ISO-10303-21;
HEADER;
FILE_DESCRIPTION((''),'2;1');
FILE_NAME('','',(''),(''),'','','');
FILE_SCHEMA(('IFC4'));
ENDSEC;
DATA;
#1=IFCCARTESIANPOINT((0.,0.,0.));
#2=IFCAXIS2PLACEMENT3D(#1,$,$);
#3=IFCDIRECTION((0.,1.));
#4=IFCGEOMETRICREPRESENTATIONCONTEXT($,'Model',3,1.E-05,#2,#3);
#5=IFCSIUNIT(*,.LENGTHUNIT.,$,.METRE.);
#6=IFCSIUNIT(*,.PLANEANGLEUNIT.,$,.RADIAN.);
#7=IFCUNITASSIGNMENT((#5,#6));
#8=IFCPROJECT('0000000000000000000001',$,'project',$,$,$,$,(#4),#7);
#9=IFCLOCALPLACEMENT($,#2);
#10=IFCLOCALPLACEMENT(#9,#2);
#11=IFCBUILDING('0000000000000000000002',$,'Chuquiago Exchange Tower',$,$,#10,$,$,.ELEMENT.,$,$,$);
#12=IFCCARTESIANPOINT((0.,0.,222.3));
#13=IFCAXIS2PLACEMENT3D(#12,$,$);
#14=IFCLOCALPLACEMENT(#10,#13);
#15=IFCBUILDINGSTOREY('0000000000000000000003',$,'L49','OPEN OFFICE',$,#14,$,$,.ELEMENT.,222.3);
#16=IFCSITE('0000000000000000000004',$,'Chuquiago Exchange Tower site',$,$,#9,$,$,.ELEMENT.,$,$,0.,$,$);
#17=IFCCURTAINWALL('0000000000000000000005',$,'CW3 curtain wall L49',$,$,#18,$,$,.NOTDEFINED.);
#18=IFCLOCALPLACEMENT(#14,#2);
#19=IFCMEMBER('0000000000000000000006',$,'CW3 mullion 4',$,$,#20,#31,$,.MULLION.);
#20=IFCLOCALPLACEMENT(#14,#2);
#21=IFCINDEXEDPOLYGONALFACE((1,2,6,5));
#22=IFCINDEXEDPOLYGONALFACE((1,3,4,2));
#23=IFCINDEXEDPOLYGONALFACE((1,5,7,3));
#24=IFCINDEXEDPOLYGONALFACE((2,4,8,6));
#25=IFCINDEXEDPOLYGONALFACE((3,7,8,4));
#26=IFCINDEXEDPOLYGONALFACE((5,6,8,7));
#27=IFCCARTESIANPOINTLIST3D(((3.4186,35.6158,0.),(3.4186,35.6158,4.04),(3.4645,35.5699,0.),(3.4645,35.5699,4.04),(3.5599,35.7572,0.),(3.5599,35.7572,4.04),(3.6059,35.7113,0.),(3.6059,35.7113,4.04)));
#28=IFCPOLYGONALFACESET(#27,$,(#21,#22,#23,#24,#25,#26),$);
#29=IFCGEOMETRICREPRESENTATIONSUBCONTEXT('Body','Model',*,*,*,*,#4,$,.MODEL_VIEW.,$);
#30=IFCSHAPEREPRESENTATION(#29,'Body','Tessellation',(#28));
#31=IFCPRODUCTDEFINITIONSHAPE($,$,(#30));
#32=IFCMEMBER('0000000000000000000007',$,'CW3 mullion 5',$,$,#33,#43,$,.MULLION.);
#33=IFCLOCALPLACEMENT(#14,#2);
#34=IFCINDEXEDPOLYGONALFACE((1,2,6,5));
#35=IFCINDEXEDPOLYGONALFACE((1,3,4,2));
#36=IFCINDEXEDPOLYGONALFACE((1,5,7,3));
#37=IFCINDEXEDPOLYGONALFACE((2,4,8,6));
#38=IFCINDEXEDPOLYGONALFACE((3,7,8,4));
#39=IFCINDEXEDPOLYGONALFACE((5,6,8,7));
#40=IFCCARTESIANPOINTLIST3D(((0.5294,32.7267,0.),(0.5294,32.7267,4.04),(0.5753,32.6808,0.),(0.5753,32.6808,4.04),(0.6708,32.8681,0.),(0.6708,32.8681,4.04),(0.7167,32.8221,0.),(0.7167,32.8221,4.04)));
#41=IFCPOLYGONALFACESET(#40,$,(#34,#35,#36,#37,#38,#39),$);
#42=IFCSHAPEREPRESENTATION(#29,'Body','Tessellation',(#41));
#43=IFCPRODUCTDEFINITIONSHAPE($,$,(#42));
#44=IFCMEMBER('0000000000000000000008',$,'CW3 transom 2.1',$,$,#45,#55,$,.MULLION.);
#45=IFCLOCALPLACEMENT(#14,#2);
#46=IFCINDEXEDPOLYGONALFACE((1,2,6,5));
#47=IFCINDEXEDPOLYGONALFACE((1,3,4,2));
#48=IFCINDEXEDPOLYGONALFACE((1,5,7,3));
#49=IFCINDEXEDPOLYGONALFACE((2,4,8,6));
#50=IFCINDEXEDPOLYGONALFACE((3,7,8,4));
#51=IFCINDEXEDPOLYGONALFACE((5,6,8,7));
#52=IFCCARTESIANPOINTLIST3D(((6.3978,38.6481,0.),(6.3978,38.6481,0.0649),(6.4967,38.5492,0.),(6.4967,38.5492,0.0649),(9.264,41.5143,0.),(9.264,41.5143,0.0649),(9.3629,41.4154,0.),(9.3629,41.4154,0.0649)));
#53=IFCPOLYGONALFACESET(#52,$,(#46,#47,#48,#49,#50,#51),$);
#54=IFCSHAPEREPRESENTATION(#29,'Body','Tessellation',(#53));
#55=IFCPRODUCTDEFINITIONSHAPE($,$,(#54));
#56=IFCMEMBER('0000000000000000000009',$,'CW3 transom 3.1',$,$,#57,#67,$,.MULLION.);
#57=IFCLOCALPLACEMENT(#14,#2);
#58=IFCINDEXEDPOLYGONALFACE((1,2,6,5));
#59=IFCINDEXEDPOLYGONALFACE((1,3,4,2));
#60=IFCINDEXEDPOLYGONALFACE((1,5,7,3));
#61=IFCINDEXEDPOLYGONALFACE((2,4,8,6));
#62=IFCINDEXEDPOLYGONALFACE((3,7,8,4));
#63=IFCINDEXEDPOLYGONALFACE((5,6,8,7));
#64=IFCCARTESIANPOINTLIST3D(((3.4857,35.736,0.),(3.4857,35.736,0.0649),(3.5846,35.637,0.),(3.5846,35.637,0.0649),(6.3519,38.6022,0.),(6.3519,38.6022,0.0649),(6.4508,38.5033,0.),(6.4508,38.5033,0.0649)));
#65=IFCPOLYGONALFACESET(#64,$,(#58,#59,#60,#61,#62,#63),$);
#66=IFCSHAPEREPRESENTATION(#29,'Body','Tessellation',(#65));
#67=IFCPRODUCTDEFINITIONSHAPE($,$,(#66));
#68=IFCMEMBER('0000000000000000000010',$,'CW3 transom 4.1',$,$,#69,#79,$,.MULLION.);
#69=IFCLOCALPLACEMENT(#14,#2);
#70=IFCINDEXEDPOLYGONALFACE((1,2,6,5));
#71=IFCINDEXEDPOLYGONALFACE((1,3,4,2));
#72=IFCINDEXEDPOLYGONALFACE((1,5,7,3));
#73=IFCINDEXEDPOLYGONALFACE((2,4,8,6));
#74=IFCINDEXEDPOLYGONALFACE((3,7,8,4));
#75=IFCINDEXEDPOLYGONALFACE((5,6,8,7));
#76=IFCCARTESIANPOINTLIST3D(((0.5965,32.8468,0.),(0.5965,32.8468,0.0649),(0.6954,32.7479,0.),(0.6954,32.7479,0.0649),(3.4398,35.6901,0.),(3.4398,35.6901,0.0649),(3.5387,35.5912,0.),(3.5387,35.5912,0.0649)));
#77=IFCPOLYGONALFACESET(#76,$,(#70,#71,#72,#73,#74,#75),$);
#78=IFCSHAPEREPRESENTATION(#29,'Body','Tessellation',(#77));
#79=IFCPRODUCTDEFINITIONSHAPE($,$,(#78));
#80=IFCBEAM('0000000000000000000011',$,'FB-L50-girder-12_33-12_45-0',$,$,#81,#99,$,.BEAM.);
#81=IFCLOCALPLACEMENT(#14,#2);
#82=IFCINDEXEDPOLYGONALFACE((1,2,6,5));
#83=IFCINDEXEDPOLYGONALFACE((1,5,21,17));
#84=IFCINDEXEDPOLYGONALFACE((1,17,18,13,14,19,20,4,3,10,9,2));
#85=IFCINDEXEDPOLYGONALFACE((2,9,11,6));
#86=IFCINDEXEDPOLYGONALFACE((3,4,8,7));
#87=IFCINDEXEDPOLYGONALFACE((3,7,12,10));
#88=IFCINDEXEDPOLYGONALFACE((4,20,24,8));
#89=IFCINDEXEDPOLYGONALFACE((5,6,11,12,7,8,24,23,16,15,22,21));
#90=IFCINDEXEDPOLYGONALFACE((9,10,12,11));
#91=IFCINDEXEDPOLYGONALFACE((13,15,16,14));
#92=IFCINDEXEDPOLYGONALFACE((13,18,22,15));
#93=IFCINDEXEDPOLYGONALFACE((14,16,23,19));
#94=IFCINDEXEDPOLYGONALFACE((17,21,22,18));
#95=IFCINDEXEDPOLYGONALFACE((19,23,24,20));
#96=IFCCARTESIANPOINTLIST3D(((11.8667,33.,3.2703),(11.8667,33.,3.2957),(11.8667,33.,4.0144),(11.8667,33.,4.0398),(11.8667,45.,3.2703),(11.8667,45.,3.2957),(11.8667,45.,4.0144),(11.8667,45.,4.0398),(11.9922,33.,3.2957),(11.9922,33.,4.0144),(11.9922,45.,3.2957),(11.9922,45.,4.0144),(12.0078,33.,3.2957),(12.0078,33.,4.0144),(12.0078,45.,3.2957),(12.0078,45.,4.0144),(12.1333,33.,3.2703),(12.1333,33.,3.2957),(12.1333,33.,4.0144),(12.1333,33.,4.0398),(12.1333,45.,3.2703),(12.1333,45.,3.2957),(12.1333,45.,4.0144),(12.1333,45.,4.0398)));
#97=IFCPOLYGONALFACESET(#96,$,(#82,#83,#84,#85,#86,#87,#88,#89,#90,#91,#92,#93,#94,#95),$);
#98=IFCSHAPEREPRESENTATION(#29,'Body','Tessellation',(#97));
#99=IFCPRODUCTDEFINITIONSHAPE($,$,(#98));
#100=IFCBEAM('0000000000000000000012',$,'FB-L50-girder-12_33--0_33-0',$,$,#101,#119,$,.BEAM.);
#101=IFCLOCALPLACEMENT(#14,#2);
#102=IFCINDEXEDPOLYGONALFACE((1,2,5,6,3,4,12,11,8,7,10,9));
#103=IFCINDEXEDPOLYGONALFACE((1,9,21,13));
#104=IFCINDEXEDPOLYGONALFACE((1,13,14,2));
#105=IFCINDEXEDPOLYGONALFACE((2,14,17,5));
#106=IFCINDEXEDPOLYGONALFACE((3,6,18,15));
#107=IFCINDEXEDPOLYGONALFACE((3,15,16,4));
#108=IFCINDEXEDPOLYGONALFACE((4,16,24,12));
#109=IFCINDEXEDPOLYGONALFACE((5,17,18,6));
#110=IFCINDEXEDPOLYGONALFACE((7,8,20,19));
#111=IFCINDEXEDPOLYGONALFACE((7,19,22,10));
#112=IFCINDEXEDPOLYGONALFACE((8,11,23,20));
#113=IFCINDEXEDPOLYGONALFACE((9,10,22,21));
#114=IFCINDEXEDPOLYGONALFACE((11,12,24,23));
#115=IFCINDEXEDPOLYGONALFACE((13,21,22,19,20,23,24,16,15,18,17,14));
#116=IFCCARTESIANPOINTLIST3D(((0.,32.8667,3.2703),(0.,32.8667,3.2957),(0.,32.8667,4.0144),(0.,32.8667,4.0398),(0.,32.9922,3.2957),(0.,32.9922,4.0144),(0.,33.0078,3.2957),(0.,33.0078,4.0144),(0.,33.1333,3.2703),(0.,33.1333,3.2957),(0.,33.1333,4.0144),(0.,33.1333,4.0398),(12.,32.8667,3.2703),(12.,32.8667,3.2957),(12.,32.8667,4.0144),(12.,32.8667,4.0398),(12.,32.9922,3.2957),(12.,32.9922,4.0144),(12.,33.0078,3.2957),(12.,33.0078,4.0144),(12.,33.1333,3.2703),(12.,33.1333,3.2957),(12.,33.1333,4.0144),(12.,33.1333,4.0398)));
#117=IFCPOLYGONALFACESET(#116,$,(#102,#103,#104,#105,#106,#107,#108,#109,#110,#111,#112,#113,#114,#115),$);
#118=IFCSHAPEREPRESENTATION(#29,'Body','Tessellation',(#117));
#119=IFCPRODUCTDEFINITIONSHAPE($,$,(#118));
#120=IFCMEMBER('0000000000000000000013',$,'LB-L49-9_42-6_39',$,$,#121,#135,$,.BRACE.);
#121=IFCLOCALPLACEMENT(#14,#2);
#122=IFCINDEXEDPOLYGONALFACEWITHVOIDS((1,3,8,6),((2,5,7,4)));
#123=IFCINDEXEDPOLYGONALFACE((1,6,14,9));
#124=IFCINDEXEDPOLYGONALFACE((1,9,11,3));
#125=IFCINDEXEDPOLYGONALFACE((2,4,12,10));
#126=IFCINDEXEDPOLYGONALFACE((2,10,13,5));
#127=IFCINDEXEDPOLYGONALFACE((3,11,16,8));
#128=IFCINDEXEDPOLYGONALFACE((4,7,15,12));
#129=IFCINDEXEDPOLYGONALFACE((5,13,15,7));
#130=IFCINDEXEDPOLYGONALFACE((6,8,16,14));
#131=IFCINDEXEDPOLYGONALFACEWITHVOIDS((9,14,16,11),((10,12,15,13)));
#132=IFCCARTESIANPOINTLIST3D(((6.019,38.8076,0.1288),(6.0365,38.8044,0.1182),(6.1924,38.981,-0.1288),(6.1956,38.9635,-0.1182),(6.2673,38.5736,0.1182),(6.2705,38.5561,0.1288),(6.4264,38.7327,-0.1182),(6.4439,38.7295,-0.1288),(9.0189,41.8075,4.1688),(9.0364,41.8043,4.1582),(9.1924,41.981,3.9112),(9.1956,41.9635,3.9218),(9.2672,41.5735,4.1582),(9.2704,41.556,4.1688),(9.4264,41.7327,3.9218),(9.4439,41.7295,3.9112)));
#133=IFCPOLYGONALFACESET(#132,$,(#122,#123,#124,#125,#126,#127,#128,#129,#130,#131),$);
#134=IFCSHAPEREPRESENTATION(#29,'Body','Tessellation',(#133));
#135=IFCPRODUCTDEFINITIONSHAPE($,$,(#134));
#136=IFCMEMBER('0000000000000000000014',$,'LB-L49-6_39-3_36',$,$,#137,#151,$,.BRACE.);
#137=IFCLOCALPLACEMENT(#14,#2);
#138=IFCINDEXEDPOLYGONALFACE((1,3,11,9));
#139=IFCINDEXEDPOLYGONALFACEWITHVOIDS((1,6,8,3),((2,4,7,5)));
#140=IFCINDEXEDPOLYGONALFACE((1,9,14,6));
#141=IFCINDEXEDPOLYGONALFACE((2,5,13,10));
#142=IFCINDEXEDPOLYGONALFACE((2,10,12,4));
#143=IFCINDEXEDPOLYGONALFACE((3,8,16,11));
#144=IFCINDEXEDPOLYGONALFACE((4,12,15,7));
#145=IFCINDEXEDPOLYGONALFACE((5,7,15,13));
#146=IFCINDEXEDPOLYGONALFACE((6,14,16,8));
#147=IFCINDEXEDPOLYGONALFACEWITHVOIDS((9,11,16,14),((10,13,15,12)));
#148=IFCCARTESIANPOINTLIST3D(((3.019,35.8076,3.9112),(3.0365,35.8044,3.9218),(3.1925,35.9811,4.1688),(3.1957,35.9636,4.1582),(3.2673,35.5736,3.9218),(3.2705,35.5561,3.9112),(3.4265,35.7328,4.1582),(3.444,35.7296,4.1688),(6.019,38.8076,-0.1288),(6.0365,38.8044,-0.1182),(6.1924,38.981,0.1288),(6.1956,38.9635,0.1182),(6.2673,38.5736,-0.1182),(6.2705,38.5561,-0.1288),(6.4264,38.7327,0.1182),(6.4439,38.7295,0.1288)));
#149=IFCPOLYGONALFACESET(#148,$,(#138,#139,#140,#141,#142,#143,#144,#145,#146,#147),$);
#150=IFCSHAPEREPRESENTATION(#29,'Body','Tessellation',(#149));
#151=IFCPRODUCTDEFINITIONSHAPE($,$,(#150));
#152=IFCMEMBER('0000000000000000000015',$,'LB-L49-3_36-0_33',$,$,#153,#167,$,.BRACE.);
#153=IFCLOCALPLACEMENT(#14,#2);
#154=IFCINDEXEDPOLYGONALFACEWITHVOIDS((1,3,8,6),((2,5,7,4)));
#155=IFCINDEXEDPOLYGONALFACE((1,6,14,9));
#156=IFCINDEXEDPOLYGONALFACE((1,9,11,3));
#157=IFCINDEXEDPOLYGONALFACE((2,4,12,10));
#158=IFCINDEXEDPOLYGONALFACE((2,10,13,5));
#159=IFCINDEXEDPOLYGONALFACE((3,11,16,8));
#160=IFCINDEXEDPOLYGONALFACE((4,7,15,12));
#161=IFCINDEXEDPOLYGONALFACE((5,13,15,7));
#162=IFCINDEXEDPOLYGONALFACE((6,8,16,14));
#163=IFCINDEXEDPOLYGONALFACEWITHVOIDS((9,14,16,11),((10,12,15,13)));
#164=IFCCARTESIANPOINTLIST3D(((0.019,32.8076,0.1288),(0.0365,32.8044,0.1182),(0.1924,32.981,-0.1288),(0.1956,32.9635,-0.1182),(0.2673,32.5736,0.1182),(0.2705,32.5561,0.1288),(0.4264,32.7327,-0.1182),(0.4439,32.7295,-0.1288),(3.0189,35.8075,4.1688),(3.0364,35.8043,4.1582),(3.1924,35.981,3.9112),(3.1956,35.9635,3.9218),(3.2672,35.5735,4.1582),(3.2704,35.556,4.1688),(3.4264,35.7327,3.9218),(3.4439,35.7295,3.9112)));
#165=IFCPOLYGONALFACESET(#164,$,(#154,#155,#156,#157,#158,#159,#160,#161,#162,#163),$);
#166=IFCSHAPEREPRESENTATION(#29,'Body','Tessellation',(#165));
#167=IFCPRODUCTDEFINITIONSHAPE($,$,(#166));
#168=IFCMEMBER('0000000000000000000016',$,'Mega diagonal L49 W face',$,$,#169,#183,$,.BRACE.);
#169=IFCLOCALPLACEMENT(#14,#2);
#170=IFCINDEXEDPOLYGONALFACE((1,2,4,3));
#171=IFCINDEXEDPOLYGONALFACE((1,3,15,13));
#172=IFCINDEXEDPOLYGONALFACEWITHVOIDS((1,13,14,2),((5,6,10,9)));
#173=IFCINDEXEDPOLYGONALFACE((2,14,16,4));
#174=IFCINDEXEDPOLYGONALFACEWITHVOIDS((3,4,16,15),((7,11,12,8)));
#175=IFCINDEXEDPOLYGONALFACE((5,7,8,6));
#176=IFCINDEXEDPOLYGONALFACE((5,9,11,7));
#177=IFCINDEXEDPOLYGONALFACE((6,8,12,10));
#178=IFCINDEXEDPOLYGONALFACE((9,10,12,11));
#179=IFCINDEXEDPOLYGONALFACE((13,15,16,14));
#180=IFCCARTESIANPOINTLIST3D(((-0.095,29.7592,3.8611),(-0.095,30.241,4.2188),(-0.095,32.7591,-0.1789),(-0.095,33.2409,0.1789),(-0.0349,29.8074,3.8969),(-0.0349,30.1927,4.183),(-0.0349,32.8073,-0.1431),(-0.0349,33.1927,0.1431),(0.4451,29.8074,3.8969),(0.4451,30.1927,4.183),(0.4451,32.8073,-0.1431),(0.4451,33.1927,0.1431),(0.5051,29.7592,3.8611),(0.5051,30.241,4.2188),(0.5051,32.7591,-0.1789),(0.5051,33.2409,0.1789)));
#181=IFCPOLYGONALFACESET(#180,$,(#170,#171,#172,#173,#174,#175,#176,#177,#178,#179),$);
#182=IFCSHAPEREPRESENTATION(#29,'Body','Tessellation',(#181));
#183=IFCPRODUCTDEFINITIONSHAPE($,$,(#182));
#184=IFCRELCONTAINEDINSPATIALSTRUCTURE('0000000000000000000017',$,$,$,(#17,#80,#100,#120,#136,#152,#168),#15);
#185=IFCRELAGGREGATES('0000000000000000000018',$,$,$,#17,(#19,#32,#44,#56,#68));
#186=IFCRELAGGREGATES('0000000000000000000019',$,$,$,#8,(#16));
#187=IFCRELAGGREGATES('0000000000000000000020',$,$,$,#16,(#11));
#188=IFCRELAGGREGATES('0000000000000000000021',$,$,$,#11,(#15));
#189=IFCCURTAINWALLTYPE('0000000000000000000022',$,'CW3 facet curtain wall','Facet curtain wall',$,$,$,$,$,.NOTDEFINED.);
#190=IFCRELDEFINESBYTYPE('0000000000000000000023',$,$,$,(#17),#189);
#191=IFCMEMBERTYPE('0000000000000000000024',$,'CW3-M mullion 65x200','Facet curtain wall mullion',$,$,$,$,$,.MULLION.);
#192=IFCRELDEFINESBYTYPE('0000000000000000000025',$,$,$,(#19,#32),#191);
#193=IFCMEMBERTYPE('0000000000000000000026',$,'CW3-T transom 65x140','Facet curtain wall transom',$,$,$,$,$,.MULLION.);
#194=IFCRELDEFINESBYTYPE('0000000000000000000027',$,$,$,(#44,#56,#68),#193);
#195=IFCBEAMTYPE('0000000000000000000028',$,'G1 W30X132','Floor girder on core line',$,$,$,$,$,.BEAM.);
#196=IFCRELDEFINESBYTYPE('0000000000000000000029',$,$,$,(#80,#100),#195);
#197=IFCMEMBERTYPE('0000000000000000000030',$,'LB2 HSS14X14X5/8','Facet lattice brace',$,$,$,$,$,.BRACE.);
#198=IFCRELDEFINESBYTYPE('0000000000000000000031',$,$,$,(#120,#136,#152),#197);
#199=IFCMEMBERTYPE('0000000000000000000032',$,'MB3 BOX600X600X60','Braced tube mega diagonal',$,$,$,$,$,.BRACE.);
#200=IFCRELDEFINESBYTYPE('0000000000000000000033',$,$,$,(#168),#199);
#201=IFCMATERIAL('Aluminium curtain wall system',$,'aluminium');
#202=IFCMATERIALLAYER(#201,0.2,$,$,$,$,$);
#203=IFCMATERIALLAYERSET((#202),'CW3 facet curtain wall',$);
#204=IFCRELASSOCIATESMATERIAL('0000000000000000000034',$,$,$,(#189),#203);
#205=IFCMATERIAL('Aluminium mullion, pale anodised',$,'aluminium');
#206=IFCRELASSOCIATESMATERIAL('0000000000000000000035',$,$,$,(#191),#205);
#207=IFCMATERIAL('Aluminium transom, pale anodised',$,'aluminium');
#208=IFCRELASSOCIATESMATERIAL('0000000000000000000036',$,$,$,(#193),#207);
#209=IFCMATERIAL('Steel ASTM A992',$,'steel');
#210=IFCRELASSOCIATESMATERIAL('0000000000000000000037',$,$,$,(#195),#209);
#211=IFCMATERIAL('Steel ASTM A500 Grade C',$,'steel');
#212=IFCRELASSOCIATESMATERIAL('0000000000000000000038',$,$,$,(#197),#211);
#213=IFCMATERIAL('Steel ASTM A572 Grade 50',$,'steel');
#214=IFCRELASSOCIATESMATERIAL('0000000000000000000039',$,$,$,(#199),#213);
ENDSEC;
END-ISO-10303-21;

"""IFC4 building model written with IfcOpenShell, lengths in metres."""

from ifc_helpers import new_model, si_unit, direction, frame, origin, origin_2d, place, context, subcontext, project, spatial, rectangle, hollow_rectangle, i_section, extrude, material, layer, layer_set, material_profile, profile_set, type_object, element, aggregate, save


model = new_model("IFC4")

# Units and contexts
model_context = context("Model", 3, precision=1e-05, world=origin(), true_north=direction((0.0, 1.0)))
body_context = subcontext(model_context, "Body", "Model", "MODEL_VIEW")
ifc_project = project(units=[si_unit("LENGTHUNIT", "METRE"), si_unit("PLANEANGLEUNIT", "RADIAN")], contexts=[model_context])

# Site, building, storey
site_placement = place(None, origin())
site = spatial("IfcSite", under=ifc_project, at=site_placement, Name="Chuquiago Exchange Tower site", CompositionType="ELEMENT", RefElevation=0.0)
building_placement = place(site_placement, origin())
building = spatial("IfcBuilding", under=site, at=building_placement, Name="Chuquiago Exchange Tower", CompositionType="ELEMENT")
storey_placement = place(building_placement, frame((0.0, 0.0, 222.3)))
storey = spatial("IfcBuildingStorey", under=building, at=storey_placement, Name="L49", Description="OPEN OFFICE", CompositionType="ELEMENT", Elevation=222.3)

# Curtain wall, members
ifc_material_1 = material(Name="Aluminium curtain wall system", Category="aluminium")
ifc_layer_1 = layer(ifc_material_1, 0.2)
ifc_layer_set_1 = layer_set([ifc_layer_1], Name="CW3 facet curtain wall")
curtain_wall_type_1 = type_object("IfcCurtainWallType", Name="CW3 facet curtain wall", Description="Facet curtain wall", PredefinedType="NOTDEFINED", material=ifc_layer_set_1)
curtain_wall_1_placement = place(storey_placement, origin())
curtain_wall_1 = element("IfcCurtainWall", 1, at=curtain_wall_1_placement, inside=storey, type_object=curtain_wall_type_1, Name="CW3 curtain wall L49", PredefinedType="NOTDEFINED")
ifc_material_2 = material(Name="Aluminium mullion, pale anodised", Category="aluminium")
ifc_material_profile_1 = material_profile(ifc_material_2, rectangle(XDim=0.0649, YDim=0.2, at=origin_2d()), Name="AL 65x200")
ifc_profile_set_1 = profile_set([ifc_material_profile_1], Name="Aluminium mullion, pale anodised")
member_type_1 = type_object("IfcMemberType", Name="CW3-M mullion 65x200", Description="Facet curtain wall mullion", PredefinedType="MULLION", material=ifc_profile_set_1)
member_1_placement = place(storey_placement, frame((3.5122, 35.6636, 0.0), z_axis=(0.0, 0.0, 1.0), x_axis=(0.707107, -0.707107, 0.0)))
member_1 = element("IfcMember", 2, at=member_1_placement, type_object=member_type_1, Name="CW3 mullion 4", PredefinedType="MULLION", context=body_context, shape_type="SweptSolid", body=[
    extrude(rectangle(XDim=0.0649, YDim=0.2, at=origin_2d()), origin(), (0.0, 0.0, 1.0), 4.04),
])
member_2_placement = place(storey_placement, frame((0.623, 32.7744, 0.0), z_axis=(0.0, 0.0, 1.0), x_axis=(0.707107, -0.707107, 0.0)))
member_2 = element("IfcMember", 3, at=member_2_placement, type_object=member_type_1, Name="CW3 mullion 5", PredefinedType="MULLION", context=body_context, shape_type="SweptSolid", body=[
    extrude(rectangle(XDim=0.0649, YDim=0.2, at=origin_2d()), origin(), (0.0, 0.0, 1.0), 4.04),
])
ifc_material_3 = material(Name="Aluminium transom, pale anodised", Category="aluminium")
ifc_material_profile_2 = material_profile(ifc_material_3, rectangle(XDim=0.1399, YDim=0.0649, at=origin_2d()), Name="AL 140x65")
ifc_profile_set_2 = profile_set([ifc_material_profile_2], Name="Aluminium transom, pale anodised")
member_type_2 = type_object("IfcMemberType", Name="CW3-T transom 65x140", Description="Facet curtain wall transom", PredefinedType="MULLION", material=ifc_profile_set_2)
member_3_placement = place(storey_placement, frame((9.3135, 41.4648, 0.0325), z_axis=(-0.707107, -0.707107, 0.0), x_axis=(0.707107, -0.707107, 0.0)))
member_3 = element("IfcMember", 4, at=member_3_placement, type_object=member_type_2, Name="CW3 transom 2.1", PredefinedType="MULLION", context=body_context, shape_type="SweptSolid", body=[
    extrude(rectangle(XDim=0.1399, YDim=0.0649, at=origin_2d()), origin(), (0.0, 0.0, 1.0), 4.0535),
])
member_4_placement = place(storey_placement, frame((6.4014, 38.5527, 0.0325), z_axis=(-0.707107, -0.707107, 0.0), x_axis=(0.707107, -0.707107, 0.0)))
member_4 = element("IfcMember", 5, at=member_4_placement, type_object=member_type_2, Name="CW3 transom 3.1", PredefinedType="MULLION", context=body_context, shape_type="SweptSolid", body=[
    extrude(rectangle(XDim=0.1399, YDim=0.0649, at=origin_2d()), origin(), (0.0, 0.0, 1.0), 4.0535),
])
member_5_placement = place(storey_placement, frame((3.4893, 35.6406, 0.0325), z_axis=(-0.707107, -0.707107, 0.0), x_axis=(0.707107, -0.707107, 0.0)))
member_5 = element("IfcMember", 6, at=member_5_placement, type_object=member_type_2, Name="CW3 transom 4.1", PredefinedType="MULLION", context=body_context, shape_type="SweptSolid", body=[
    extrude(rectangle(XDim=0.1399, YDim=0.0649, at=origin_2d()), origin(), (0.0, 0.0, 1.0), 4.021),
])

# Beams
ifc_material_4 = material(Name="Steel ASTM A992", Category="steel")
ifc_material_profile_3 = material_profile(ifc_material_4, i_section(OverallWidth=0.2666, OverallDepth=0.7695, WebThickness=0.0156, FlangeThickness=0.0254, at=origin_2d()), Name="W30X132")
ifc_profile_set_3 = profile_set([ifc_material_profile_3], Name="Steel ASTM A992")
beam_type_1 = type_object("IfcBeamType", Name="G1 W30X132", Description="Floor girder on core line", PredefinedType="BEAM", material=ifc_profile_set_3)
for number, where, z_axis, x_axis, name in (
    (7, (12.0, 33.0, 3.655), (0.0, 1.0, 0.0), (-1.0, 0.0, 0.0), "FB-L50-girder-12_33-12_45-0"),
    (8, (12.0, 33.0, 3.655), (-1.0, 0.0, 0.0), (0.0, -1.0, 0.0), "FB-L50-girder-12_33--0_33-0"),
):
    element("IfcBeam", number, at=place(storey_placement, frame(where, z_axis=z_axis, x_axis=x_axis)), inside=storey, type_object=beam_type_1, Name=name, PredefinedType="BEAM", context=body_context, shape_type="SweptSolid", body=[
        extrude(i_section(OverallWidth=0.2666, OverallDepth=0.7695, WebThickness=0.0156, FlangeThickness=0.0254, at=origin_2d()), origin(), (0.0, 0.0, 1.0), 12.0),
    ])

# Members
ifc_material_5 = material(Name="Steel ASTM A500 Grade C", Category="steel")
ifc_material_profile_4 = material_profile(ifc_material_5, hollow_rectangle(XDim=0.3557, YDim=0.3557, WallThickness=0.0146, at=origin_2d()), Name="HSS14X14X5/8")
ifc_profile_set_4 = profile_set([ifc_material_profile_4], Name="Steel ASTM A500 Grade C")
member_type_3 = type_object("IfcMemberType", Name="LB2 HSS14X14X5/8", Description="Facet lattice brace", PredefinedType="BRACE", material=ifc_profile_set_4)
for number, where, z_axis, x_axis, name in (
    (9, (6.2314, 38.7686, 0.0), (0.512077, 0.512077, 0.689604), (-0.707107, 0.707107, 0.0), "LB-L49-9_42-6_39"),
    (10, (6.2314, 38.7686, 0.0), (-0.512077, -0.512077, 0.689604), (0.707107, -0.707107, 0.0), "LB-L49-6_39-3_36"),
    (11, (0.2314, 32.7686, 0.0), (0.512077, 0.512077, 0.689604), (-0.707107, 0.707107, 0.0), "LB-L49-3_36-0_33"),
):
    element("IfcMember", number, at=place(storey_placement, frame(where, z_axis=z_axis, x_axis=x_axis)), inside=storey, type_object=member_type_3, Name=name, PredefinedType="BRACE", context=body_context, shape_type="SweptSolid", body=[
        extrude(hollow_rectangle(XDim=0.3557, YDim=0.3557, WallThickness=0.0146, at=origin_2d()), origin(), (0.0, 0.0, 1.0), 5.8584),
    ])
ifc_material_6 = material(Name="Steel ASTM A572 Grade 50", Category="steel")
ifc_material_profile_5 = material_profile(ifc_material_6, hollow_rectangle(XDim=0.6001, YDim=0.6001, WallThickness=0.0601, at=origin_2d()), Name="BOX600X600X60")
ifc_profile_set_5 = profile_set([ifc_material_profile_5], Name="Steel ASTM A572 Grade 50")
member_type_4 = type_object("IfcMemberType", Name="MB3 BOX600X600X60", Description="Braced tube mega diagonal", PredefinedType="BRACE", material=ifc_profile_set_5)
member_6_placement = place(storey_placement, frame((0.2051, 33.0, 0.0), z_axis=(0.0, -0.596174, 0.802855), x_axis=(1.0, 0.0, 0.0)))
element("IfcMember", 12, at=member_6_placement, inside=storey, type_object=member_type_4, Name="Mega diagonal L49 W face", PredefinedType="BRACE", context=body_context, shape_type="SweptSolid", body=[
    extrude(hollow_rectangle(XDim=0.6001, YDim=0.6001, WallThickness=0.0601, at=origin_2d()), origin(), (0.0, 0.0, 1.0), 5.032),
])

aggregate(curtain_wall_1, [member_1, member_2, member_3, member_4, member_5])

save(model, "model.ifc")
